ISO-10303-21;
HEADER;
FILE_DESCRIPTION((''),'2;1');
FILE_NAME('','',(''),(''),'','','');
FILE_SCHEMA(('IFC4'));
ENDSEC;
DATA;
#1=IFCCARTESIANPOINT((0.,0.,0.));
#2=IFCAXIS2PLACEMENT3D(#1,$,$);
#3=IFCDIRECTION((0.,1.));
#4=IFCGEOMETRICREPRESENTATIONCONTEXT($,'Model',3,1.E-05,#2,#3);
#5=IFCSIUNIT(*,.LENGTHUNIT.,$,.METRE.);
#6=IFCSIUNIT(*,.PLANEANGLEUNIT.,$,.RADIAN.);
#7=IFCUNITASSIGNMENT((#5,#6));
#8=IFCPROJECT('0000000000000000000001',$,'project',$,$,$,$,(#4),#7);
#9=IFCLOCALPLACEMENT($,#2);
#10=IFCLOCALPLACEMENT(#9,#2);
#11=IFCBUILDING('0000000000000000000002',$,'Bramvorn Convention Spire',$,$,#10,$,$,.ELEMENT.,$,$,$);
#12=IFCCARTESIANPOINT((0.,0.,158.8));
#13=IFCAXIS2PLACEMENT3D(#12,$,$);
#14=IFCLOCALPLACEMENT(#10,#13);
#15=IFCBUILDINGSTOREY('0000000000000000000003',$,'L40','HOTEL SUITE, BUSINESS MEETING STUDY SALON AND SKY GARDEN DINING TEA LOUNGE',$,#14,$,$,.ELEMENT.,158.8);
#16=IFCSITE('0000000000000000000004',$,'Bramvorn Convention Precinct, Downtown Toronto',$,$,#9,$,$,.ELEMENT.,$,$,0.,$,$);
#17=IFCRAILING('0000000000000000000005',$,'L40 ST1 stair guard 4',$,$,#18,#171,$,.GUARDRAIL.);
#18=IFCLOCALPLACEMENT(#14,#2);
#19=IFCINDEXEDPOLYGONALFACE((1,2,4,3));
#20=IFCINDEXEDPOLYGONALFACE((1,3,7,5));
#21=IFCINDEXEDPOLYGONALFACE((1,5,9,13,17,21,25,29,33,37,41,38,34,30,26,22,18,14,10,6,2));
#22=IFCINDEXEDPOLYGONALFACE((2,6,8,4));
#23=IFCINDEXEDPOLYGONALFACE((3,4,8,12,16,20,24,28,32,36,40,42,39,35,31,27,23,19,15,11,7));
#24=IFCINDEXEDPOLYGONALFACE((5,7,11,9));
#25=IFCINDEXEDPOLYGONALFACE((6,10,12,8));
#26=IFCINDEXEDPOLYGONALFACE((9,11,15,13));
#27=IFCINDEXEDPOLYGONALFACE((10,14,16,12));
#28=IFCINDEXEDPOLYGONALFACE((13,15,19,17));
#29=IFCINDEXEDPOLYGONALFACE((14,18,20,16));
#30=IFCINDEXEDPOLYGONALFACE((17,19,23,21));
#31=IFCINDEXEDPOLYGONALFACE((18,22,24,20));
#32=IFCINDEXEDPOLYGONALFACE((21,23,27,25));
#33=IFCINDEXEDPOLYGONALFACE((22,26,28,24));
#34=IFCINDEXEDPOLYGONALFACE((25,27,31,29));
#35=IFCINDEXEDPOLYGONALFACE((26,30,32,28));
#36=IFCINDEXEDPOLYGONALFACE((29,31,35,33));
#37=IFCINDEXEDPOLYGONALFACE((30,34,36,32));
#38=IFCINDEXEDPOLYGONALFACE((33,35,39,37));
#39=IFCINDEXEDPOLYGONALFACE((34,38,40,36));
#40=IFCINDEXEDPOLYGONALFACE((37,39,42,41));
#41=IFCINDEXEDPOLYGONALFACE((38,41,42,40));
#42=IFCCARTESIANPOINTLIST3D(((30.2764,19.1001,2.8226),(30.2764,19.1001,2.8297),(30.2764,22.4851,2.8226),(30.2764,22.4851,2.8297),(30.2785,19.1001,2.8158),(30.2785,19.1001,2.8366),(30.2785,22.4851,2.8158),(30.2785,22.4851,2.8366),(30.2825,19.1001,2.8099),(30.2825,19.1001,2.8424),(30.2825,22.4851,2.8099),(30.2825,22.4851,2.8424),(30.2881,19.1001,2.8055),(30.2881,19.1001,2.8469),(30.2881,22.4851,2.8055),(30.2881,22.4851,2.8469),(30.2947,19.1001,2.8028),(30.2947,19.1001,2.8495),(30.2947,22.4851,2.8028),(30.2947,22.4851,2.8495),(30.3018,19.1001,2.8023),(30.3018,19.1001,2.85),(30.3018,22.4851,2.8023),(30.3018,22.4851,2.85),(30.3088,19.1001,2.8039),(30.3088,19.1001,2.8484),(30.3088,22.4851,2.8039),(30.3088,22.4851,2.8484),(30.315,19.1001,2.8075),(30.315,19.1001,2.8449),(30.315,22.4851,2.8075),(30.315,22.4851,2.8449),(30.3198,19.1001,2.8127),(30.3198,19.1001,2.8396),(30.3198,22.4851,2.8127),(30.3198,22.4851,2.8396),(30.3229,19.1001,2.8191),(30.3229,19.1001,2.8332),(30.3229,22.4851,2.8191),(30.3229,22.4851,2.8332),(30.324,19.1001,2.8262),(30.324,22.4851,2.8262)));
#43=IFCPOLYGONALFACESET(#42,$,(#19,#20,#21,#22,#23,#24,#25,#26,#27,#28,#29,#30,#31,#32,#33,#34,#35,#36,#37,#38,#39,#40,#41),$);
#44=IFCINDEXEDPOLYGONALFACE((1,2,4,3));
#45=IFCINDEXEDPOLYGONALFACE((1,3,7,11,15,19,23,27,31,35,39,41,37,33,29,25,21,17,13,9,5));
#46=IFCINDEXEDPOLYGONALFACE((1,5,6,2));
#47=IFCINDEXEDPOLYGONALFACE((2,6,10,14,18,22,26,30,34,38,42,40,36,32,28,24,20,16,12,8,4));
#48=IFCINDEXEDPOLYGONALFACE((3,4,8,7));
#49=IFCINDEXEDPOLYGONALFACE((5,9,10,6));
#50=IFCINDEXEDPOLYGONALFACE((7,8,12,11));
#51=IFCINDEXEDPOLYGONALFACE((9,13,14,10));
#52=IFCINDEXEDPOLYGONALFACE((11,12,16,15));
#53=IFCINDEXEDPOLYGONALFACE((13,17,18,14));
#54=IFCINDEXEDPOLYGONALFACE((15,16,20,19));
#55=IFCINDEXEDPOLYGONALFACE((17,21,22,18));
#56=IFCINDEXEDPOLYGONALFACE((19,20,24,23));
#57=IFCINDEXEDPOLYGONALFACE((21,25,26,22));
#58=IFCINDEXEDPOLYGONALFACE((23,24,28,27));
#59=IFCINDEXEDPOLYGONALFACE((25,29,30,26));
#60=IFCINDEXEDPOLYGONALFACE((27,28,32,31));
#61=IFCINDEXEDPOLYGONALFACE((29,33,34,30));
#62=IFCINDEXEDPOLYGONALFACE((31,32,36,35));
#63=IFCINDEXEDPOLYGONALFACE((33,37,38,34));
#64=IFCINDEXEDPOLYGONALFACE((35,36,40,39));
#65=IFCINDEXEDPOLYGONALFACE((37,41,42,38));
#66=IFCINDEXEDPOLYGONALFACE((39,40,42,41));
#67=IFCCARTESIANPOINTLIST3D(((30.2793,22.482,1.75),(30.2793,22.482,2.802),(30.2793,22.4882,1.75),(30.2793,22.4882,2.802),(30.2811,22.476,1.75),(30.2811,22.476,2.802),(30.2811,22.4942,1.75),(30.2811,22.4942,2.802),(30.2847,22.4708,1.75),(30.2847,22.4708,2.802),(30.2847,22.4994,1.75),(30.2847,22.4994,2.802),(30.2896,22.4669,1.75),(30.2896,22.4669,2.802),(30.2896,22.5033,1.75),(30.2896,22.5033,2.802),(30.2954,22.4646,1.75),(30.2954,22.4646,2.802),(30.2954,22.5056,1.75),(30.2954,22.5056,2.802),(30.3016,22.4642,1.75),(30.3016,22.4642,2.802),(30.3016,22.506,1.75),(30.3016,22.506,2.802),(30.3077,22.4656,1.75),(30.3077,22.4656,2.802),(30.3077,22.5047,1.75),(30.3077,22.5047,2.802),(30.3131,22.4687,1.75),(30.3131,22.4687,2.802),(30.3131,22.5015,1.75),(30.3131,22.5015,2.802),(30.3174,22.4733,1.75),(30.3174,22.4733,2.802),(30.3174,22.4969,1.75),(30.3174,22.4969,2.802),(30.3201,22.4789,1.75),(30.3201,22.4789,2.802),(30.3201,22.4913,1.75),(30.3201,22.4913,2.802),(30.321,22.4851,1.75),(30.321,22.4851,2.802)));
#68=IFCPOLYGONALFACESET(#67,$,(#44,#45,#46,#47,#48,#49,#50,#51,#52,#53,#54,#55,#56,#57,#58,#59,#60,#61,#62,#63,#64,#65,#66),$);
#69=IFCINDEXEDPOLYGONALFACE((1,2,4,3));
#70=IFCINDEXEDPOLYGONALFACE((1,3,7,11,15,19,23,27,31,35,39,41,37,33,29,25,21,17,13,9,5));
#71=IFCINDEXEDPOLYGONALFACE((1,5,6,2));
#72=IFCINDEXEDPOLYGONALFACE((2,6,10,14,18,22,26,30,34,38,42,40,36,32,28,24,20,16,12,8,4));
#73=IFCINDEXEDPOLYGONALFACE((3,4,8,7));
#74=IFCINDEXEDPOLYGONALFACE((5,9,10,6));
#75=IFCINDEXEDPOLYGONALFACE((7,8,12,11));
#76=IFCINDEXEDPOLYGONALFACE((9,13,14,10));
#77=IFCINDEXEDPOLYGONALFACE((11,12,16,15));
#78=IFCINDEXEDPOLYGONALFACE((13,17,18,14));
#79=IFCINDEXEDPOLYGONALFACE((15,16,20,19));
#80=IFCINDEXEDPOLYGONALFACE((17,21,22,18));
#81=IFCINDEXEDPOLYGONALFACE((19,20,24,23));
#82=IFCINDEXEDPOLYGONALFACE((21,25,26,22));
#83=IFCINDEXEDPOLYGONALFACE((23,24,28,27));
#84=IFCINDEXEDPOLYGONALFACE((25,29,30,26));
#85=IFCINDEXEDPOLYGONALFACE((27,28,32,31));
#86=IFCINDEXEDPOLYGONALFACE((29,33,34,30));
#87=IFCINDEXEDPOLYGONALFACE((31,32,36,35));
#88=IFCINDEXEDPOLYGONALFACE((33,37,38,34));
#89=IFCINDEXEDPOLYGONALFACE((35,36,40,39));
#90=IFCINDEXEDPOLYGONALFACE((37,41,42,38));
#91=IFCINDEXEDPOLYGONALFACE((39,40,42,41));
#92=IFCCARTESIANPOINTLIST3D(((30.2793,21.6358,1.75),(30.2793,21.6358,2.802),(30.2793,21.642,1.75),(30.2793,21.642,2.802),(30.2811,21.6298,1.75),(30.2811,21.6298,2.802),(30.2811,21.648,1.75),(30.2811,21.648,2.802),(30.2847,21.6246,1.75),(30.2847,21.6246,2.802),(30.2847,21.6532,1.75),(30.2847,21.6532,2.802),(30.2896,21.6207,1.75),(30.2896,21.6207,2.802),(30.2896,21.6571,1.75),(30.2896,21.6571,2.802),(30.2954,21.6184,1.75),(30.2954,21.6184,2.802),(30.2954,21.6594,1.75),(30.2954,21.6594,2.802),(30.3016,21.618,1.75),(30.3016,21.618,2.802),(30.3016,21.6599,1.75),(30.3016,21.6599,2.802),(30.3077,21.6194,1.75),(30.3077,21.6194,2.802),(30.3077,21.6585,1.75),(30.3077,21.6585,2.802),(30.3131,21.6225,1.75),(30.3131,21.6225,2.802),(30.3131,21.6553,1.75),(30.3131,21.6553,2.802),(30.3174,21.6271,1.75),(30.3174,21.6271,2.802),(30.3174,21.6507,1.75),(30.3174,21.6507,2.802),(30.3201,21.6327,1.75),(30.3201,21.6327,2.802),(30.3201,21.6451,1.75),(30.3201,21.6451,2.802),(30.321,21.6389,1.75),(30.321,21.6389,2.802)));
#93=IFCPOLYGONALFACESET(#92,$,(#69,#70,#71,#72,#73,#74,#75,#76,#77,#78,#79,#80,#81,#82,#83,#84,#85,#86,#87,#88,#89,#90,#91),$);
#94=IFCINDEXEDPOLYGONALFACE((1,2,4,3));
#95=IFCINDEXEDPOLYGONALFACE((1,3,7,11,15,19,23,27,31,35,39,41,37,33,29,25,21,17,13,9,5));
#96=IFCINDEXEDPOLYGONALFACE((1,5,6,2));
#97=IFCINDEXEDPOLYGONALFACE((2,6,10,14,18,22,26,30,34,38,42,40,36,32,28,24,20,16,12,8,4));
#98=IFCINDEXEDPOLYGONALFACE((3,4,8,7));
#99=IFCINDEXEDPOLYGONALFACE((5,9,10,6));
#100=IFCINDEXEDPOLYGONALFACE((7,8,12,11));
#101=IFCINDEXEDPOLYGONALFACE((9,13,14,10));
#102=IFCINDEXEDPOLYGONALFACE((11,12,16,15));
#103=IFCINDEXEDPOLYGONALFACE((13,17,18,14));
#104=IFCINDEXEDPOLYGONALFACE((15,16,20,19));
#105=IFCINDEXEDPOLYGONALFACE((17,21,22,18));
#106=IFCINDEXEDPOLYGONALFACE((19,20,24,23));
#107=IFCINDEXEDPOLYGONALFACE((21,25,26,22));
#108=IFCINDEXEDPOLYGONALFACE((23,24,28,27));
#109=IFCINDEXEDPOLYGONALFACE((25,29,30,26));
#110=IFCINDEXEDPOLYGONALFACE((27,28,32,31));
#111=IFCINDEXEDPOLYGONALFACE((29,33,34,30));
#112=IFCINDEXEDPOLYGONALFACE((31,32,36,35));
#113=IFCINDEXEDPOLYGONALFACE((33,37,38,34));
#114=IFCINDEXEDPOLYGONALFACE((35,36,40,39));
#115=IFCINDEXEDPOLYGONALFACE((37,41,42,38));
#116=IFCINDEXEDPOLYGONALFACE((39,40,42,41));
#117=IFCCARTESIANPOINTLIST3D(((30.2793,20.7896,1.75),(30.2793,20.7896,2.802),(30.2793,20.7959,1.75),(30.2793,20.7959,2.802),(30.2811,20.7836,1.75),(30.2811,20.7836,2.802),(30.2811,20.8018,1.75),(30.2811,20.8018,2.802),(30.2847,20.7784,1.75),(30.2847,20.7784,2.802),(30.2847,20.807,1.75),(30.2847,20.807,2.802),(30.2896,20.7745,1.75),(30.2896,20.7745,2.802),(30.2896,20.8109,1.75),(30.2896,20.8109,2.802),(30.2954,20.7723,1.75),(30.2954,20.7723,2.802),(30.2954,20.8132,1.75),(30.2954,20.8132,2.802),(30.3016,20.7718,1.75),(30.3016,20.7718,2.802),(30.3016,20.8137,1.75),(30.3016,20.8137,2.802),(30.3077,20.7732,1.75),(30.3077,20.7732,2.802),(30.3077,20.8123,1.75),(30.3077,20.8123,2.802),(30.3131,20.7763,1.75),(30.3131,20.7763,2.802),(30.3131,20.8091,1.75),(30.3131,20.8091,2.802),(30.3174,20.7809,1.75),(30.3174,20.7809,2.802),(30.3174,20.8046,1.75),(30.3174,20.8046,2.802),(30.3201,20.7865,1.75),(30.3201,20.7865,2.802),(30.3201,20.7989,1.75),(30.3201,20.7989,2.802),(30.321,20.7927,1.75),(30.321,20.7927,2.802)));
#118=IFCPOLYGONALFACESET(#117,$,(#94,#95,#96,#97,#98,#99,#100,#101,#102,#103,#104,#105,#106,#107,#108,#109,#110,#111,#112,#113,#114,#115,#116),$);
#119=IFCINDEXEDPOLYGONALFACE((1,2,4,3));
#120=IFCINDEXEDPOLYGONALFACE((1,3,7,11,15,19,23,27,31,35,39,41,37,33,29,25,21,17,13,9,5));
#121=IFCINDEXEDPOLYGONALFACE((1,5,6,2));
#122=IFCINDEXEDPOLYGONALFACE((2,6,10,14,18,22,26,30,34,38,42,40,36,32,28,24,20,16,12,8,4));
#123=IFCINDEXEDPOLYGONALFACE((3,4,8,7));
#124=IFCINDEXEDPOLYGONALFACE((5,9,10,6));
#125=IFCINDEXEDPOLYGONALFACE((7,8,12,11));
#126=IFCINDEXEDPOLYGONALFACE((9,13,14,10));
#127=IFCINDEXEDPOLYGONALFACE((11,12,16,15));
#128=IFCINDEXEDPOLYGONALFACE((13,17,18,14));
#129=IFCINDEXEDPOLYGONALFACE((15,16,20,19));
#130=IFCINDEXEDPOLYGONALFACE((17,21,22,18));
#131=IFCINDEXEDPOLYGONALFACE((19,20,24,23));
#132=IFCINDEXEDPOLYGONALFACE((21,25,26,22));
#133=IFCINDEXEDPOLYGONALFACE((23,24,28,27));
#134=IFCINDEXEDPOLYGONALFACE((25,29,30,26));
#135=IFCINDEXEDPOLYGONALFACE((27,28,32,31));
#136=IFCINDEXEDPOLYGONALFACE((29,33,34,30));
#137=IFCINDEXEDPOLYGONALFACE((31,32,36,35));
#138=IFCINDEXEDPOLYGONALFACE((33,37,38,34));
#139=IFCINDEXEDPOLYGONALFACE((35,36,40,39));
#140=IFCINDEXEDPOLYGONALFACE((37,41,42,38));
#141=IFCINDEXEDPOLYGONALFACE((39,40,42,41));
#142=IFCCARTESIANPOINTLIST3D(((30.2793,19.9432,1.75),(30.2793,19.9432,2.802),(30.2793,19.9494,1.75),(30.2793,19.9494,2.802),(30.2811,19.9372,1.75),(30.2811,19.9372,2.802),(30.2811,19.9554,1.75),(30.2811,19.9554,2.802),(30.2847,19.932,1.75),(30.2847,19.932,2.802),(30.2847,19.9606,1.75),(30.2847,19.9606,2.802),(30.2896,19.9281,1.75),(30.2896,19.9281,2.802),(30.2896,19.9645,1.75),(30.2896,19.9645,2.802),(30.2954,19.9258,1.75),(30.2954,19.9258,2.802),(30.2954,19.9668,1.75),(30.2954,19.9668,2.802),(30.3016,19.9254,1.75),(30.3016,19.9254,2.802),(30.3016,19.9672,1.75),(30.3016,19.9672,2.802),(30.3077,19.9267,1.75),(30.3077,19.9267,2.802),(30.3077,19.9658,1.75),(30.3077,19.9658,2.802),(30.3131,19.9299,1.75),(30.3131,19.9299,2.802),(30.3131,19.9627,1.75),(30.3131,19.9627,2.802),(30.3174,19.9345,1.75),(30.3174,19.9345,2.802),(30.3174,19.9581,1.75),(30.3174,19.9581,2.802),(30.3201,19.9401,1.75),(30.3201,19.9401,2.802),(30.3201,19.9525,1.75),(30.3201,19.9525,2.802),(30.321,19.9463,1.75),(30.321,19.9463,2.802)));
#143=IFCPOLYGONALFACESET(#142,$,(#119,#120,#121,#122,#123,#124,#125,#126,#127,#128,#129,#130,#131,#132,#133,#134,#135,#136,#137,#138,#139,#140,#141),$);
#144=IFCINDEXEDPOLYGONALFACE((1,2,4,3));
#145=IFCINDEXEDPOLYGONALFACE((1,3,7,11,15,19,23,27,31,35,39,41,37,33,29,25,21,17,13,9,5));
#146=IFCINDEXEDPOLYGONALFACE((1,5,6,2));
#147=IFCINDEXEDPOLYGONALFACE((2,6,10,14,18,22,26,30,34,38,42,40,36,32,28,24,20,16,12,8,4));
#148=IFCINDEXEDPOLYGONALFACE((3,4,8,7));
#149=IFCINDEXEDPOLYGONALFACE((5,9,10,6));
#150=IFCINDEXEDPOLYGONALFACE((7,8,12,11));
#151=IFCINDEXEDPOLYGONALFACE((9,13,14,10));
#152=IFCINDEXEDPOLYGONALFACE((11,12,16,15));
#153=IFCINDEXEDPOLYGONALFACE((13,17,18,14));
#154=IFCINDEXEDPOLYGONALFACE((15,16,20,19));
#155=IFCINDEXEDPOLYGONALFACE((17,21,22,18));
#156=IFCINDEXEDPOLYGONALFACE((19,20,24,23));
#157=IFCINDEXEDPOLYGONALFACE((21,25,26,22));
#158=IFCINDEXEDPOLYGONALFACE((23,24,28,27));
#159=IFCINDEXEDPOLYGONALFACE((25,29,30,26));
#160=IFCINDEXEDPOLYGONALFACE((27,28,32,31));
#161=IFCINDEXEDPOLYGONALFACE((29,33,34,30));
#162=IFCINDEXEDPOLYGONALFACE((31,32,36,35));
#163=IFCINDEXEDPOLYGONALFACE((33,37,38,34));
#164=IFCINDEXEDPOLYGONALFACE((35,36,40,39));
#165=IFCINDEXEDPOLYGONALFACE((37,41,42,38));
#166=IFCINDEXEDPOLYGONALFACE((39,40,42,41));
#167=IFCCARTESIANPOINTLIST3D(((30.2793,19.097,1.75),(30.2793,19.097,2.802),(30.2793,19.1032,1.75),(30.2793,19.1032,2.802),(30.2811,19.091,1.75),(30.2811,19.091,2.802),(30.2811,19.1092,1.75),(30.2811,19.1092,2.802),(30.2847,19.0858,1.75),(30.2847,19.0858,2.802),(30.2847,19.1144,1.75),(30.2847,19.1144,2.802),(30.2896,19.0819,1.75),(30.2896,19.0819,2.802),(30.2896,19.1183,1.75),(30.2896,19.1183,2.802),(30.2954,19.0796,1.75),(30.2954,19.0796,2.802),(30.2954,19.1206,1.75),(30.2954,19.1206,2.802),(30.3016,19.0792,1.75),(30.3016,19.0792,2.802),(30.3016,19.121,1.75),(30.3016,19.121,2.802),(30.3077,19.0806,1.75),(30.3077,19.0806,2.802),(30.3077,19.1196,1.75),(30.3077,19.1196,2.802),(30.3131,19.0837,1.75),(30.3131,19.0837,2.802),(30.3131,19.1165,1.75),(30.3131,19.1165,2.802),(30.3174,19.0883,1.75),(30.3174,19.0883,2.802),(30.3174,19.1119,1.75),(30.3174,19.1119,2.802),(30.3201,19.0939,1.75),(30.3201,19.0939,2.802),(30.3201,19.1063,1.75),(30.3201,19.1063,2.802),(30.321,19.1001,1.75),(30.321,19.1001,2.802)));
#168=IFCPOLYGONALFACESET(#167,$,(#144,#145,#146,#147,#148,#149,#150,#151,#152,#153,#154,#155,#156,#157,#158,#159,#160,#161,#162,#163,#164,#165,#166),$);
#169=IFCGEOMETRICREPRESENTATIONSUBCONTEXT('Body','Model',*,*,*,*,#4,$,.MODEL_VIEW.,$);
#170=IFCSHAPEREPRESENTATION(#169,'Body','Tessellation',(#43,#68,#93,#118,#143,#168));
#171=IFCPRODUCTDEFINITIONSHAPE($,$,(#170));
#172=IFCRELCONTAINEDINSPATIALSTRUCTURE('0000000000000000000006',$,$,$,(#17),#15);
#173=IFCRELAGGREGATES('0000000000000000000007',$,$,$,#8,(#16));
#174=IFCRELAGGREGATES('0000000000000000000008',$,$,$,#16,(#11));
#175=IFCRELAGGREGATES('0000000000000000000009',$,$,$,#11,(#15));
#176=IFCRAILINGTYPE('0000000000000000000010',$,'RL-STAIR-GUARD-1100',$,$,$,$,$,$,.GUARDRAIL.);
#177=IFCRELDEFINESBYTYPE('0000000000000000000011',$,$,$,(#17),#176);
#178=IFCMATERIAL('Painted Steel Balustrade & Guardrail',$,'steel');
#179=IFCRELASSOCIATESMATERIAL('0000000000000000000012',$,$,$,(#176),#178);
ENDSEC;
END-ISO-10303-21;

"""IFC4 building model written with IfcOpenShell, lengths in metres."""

from ifc_helpers import new_model, si_unit, direction, frame, origin, origin_2d, place, context, subcontext, project, spatial, circle, extrude, material, type_object, element, save


model = new_model("IFC4")

# Units and contexts
model_context = context("Model", 3, precision=1e-05, world=origin(), true_north=direction((0.0, 1.0)))
body_context = subcontext(model_context, "Body", "Model", "MODEL_VIEW")
ifc_project = project(units=[si_unit("LENGTHUNIT", "METRE"), si_unit("PLANEANGLEUNIT", "RADIAN")], contexts=[model_context])

# Site, building, storey
site_placement = place(None, origin())
site = spatial("IfcSite", under=ifc_project, at=site_placement, Name="Bramvorn Convention Precinct, Downtown Toronto", CompositionType="ELEMENT", RefElevation=0.0)
building_placement = place(site_placement, origin())
building = spatial("IfcBuilding", under=site, at=building_placement, Name="Bramvorn Convention Spire", CompositionType="ELEMENT")
storey_placement = place(building_placement, frame((0.0, 0.0, 158.8)))
storey = spatial("IfcBuildingStorey", under=building, at=storey_placement, Name="L40", Description="HOTEL SUITE, BUSINESS MEETING STUDY SALON AND SKY GARDEN DINING TEA LOUNGE", CompositionType="ELEMENT", Elevation=158.8)

# Railing
ifc_material_1 = material(Name="Painted Steel Balustrade & Guardrail", Category="steel")
railing_type_1 = type_object("IfcRailingType", Name="RL-STAIR-GUARD-1100", PredefinedType="GUARDRAIL", material=ifc_material_1)
for number, where, name in (
    (1, (30.3, 22.4851, 1.75), "L40 ST1 stair guard 4"),
):
    element("IfcRailing", number, at=place(storey_placement, frame(where)), inside=storey, type_object=railing_type_1, Name=name, PredefinedType="GUARDRAIL", context=body_context, shape_type="SweptSolid", body=[
        extrude(circle(Radius=0.0239, at=origin_2d()), frame((0.0, 0.0, 1.0762), z_axis=(0.0, -1.0, 0.0), x_axis=(1.0, 0.0, 0.0)), (0.0, 0.0, 1.0), 3.385),
        extrude(circle(Radius=0.021, at=origin_2d()), origin(), (0.0, 0.0, 1.0), 1.052),
        extrude(circle(Radius=0.021, at=origin_2d()), frame((0.0, -0.8462, 0.0)), (0.0, 0.0, 1.0), 1.052),
        extrude(circle(Radius=0.021, at=origin_2d()), frame((0.0, -1.6924, 0.0)), (0.0, 0.0, 1.0), 1.052),
        extrude(circle(Radius=0.021, at=origin_2d()), frame((0.0, -2.5388, 0.0)), (0.0, 0.0, 1.0), 1.052),
        extrude(circle(Radius=0.021, at=origin_2d()), frame((0.0, -3.385, 0.0)), (0.0, 0.0, 1.0), 1.052),
    ])

save(model, "model.ifc")
